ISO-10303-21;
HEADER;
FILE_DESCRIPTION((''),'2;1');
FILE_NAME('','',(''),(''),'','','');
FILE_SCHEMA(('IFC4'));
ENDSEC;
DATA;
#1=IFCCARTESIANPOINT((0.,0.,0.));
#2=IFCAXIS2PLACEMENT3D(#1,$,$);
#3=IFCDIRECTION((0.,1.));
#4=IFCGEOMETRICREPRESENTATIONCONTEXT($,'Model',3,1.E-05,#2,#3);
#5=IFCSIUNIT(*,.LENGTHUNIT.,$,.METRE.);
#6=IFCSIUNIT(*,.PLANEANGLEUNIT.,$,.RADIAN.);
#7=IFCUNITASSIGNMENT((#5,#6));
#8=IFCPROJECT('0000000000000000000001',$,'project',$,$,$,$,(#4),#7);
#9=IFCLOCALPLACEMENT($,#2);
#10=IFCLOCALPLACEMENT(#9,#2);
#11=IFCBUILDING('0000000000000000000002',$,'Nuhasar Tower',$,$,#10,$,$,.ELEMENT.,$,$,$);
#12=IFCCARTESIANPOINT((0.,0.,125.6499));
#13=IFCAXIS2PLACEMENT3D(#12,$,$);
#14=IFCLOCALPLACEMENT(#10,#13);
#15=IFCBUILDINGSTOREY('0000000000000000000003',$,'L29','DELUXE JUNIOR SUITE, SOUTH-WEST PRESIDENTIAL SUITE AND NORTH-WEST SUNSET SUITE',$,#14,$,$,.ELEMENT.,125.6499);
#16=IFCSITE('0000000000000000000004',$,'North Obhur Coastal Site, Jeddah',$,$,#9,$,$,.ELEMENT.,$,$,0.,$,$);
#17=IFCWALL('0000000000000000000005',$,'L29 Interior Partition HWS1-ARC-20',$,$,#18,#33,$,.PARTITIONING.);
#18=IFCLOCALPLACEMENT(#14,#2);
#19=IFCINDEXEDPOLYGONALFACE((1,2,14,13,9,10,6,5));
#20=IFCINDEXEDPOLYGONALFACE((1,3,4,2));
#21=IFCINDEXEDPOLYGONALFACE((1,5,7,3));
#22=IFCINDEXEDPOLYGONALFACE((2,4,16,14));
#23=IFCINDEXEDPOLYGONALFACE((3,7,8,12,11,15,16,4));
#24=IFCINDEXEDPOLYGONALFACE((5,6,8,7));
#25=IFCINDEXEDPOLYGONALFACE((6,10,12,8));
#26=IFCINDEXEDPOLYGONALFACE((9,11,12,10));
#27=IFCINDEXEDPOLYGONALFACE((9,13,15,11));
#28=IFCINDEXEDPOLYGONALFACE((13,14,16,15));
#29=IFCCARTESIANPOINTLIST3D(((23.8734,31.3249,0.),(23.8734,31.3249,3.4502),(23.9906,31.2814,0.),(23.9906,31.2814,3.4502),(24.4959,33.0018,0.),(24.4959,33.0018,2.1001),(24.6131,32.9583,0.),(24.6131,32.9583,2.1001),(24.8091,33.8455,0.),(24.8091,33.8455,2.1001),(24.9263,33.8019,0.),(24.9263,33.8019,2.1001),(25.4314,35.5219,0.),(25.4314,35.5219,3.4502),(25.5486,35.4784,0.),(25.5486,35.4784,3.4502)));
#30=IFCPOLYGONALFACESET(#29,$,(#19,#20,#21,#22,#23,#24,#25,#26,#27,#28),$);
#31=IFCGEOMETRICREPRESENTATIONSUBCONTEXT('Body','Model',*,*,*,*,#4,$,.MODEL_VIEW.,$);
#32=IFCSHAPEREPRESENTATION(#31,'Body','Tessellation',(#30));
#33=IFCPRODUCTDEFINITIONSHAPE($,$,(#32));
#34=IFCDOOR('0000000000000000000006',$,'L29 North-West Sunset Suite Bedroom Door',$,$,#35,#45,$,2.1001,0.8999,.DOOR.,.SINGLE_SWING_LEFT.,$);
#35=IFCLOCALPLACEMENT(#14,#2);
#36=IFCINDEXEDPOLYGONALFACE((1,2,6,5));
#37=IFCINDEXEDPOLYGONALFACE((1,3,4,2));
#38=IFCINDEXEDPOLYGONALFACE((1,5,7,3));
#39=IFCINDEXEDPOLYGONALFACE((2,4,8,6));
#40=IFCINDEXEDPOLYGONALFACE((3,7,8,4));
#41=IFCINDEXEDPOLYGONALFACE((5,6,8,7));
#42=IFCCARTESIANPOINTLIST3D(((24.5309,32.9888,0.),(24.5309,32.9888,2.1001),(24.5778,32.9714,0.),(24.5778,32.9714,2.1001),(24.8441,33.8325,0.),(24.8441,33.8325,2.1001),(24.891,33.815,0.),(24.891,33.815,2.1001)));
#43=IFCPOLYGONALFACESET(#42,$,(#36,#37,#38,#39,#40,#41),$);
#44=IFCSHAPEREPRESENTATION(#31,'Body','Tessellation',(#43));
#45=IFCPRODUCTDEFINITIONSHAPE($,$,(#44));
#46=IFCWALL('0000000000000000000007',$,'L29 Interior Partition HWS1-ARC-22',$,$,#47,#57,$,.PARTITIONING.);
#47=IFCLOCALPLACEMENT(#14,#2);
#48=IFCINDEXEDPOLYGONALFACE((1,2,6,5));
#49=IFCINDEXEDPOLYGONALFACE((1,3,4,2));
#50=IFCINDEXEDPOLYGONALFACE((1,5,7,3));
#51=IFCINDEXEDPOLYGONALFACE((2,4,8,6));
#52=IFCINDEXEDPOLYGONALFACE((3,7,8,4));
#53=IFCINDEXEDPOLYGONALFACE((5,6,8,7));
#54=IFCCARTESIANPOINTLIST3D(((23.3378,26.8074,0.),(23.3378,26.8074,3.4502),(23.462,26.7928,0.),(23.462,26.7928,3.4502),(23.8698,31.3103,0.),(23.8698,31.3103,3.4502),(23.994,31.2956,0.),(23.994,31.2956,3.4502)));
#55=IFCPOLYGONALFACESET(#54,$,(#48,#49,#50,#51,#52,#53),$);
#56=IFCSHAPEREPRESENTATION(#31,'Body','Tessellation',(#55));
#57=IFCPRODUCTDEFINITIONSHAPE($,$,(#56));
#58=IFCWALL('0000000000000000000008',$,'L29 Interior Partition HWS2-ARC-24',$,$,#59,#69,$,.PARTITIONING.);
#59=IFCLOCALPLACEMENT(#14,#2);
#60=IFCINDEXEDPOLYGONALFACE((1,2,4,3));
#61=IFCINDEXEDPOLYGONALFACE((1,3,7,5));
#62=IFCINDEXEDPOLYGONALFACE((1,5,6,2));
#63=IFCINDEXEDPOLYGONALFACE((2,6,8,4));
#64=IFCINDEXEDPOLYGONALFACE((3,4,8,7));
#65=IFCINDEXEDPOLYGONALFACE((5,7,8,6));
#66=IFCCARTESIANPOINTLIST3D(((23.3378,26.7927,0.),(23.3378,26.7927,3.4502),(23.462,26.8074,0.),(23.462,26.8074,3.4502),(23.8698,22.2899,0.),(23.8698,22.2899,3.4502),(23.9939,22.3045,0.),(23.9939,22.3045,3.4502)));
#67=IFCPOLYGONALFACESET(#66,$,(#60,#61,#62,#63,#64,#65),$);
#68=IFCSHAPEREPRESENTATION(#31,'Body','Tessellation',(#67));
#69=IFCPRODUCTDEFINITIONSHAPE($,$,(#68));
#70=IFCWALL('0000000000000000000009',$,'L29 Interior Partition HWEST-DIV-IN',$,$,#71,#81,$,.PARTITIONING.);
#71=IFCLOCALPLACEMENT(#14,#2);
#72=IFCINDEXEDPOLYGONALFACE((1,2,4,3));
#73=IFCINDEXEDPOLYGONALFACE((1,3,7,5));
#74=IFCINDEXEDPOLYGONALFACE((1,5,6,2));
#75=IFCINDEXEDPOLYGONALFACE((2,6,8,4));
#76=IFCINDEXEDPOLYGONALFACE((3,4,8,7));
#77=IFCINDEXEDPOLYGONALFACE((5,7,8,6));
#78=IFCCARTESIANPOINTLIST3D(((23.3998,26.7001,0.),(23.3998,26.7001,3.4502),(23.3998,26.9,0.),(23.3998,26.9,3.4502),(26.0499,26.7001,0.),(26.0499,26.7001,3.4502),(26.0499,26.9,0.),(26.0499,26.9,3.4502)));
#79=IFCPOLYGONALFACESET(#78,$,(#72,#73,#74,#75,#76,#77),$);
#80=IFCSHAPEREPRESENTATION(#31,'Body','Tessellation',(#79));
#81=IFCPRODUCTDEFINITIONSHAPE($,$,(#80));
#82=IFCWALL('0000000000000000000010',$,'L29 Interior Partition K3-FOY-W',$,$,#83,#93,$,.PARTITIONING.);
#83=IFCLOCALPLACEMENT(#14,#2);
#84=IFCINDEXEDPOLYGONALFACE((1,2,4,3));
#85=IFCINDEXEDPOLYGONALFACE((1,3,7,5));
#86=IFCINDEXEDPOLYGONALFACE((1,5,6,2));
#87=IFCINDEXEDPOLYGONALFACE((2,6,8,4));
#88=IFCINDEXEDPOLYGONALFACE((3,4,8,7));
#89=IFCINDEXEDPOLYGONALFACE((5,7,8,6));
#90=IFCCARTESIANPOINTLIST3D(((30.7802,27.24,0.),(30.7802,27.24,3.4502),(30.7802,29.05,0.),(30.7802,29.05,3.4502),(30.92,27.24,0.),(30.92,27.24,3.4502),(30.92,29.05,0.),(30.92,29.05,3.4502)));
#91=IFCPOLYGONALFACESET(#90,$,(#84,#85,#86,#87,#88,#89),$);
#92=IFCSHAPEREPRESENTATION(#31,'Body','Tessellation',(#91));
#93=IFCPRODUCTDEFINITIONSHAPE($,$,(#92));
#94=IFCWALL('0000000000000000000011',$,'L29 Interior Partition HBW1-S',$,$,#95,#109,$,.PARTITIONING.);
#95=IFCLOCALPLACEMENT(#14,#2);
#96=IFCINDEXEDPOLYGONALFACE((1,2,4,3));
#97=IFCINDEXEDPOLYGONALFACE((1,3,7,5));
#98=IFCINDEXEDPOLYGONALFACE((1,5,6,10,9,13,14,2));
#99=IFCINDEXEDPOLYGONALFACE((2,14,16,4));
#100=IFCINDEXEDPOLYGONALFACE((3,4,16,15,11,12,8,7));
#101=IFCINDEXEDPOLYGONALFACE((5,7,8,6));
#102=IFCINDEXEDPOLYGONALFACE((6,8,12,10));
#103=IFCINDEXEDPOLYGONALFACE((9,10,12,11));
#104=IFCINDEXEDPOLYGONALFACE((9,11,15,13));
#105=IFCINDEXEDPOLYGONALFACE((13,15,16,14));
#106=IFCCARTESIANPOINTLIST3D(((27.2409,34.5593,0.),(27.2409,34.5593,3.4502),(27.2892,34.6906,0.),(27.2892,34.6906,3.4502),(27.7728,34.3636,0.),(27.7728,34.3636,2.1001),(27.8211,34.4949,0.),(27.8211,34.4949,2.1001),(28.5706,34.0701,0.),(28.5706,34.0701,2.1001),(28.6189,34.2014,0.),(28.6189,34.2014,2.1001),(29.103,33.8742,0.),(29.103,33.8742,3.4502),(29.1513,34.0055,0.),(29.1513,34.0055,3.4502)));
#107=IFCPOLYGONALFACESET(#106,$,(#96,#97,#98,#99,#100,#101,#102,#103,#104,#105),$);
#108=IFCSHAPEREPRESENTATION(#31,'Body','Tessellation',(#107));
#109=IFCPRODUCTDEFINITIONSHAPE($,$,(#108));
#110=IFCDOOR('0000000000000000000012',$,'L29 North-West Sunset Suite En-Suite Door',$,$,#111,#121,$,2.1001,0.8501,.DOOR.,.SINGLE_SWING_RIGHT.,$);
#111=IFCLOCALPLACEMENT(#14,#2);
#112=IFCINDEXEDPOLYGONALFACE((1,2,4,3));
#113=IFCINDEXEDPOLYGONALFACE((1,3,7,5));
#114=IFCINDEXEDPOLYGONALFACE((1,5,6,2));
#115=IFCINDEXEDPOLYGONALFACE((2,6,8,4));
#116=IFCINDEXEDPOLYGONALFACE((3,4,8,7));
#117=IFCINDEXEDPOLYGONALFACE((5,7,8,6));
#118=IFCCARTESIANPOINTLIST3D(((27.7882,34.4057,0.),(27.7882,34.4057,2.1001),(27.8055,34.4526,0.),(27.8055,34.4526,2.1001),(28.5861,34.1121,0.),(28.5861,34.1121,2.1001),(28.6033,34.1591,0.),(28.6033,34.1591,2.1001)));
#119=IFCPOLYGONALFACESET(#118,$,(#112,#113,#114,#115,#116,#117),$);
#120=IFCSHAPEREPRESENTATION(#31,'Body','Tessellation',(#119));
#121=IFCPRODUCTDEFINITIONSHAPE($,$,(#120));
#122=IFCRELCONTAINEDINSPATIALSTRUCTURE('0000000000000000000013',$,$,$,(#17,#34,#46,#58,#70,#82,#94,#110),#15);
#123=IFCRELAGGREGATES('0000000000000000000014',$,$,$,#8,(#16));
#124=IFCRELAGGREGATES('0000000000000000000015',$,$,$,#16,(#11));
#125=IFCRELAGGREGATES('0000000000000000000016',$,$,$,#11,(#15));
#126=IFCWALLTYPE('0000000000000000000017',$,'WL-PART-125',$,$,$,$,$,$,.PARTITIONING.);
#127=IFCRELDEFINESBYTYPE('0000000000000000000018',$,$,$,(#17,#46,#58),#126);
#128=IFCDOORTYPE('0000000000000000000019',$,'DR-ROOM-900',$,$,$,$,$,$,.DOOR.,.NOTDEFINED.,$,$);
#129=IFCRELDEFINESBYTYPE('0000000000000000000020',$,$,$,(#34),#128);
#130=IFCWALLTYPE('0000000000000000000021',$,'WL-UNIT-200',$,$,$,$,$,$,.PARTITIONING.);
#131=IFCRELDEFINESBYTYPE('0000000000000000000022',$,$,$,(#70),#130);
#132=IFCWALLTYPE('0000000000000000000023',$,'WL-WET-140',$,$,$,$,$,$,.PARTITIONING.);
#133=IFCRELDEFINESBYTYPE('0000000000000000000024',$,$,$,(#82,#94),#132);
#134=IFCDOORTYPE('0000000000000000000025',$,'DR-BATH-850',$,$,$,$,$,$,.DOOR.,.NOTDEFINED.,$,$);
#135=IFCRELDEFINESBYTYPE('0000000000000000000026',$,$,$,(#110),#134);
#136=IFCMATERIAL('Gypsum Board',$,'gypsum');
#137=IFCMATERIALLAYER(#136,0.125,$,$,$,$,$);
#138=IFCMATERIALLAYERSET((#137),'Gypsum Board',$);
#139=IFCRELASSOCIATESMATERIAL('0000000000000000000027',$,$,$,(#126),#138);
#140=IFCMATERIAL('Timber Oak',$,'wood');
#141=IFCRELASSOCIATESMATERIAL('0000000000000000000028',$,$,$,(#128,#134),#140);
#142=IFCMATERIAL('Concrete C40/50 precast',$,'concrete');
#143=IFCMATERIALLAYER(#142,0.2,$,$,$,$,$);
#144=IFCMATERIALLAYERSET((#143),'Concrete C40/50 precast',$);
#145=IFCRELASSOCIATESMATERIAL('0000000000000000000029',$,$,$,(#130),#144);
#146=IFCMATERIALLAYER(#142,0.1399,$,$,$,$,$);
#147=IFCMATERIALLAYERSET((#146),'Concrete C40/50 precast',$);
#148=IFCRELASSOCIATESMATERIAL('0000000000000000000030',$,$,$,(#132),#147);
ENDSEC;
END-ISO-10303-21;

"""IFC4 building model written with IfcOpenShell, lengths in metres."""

from ifc_helpers import new_model, si_unit, direction, frame, frame_2d, origin, place, context, subcontext, project, spatial, rectangle, extrude, material, layer, layer_set, type_object, element, fill, save


model = new_model("IFC4")

# Units and contexts
model_context = context("Model", 3, precision=1e-05, world=origin(), true_north=direction((0.0, 1.0)))
body_context = subcontext(model_context, "Body", "Model", "MODEL_VIEW")
ifc_project = project(units=[si_unit("LENGTHUNIT", "METRE"), si_unit("PLANEANGLEUNIT", "RADIAN")], contexts=[model_context])

# Site, building, storey
site_placement = place(None, origin())
site = spatial("IfcSite", under=ifc_project, at=site_placement, Name="North Obhur Coastal Site, Jeddah", CompositionType="ELEMENT", RefElevation=0.0)
building_placement = place(site_placement, origin())
building = spatial("IfcBuilding", under=site, at=building_placement, Name="Nuhasar Tower", CompositionType="ELEMENT")
storey_placement = place(building_placement, frame((0.0, 0.0, 125.6499)))
storey = spatial("IfcBuildingStorey", under=building, at=storey_placement, Name="L29", Description="DELUXE JUNIOR SUITE, SOUTH-WEST PRESIDENTIAL SUITE AND NORTH-WEST SUNSET SUITE", CompositionType="ELEMENT", Elevation=125.6499)

# Shared definitions
ifc_material_1 = material(Name="Gypsum Board", Category="gypsum")

# Shared definitions
ifc_material_2 = material(Name="Timber Oak", Category="wood")

# Shared definitions
ifc_layer_1 = layer(ifc_material_1, 0.125)
ifc_layer_set_1 = layer_set([ifc_layer_1], Name="Gypsum Board")
wall_type_1 = type_object("IfcWallType", Name="WL-PART-125", PredefinedType="PARTITIONING", material=ifc_layer_set_1)

# Wall, opening, door
wall_1_placement = place(storey_placement, frame((25.49, 35.5, 0.0), z_axis=(0.0, 0.0, 1.0), x_axis=(-0.348032, -0.937483, 0.0)))
wall_1 = element("IfcWall", 1, at=wall_1_placement, inside=storey, type_object=wall_type_1, Name="L29 Interior Partition HWS1-ARC-20", PredefinedType="PARTITIONING", context=body_context, shape_type="SweptSolid", body=[
    extrude(rectangle(XDim=4.4768, YDim=0.125, at=frame_2d((2.2383, 0.0))), origin(), (0.0, 0.0, 1.0), 3.4502),
])
opening_1_placement = place(wall_1_placement, frame((1.7881, 0.0, 0.0)))
opening_1 = element("IfcOpeningElement", 2, at=opening_1_placement, cuts=wall_1, PredefinedType="OPENING", context=body_context, shape_type="SweptSolid", body=[
    extrude(rectangle(XDim=0.8999, YDim=2.1001, at=frame_2d((0.45, 1.05))), frame((0.0, 0.0725, 0.0), z_axis=(0.0, -1.0, 0.0), x_axis=(1.0, 0.0, 0.0)), (0.0, 0.0, 1.0), 0.145),
])
door_type_1 = type_object("IfcDoorType", Name="DR-ROOM-900", OperationType="NOTDEFINED", PredefinedType="DOOR", material=ifc_material_2)
door_1_placement = place(opening_1_placement, origin())
door_1 = element("IfcDoor", 3, at=door_1_placement, inside=storey, type_object=door_type_1, Name="L29 North-West Sunset Suite Bedroom Door", OperationType="SINGLE_SWING_LEFT", OverallHeight=2.1001, OverallWidth=0.8999, PredefinedType="DOOR", context=body_context, shape_type="SweptSolid", body=[
    extrude(rectangle(XDim=0.8999, YDim=2.1001, at=frame_2d((0.45, 1.05))), frame((0.0, 0.0249, 0.0), z_axis=(0.0, -1.0, 0.0), x_axis=(1.0, 0.0, 0.0)), (0.0, 0.0, 1.0), 0.05),
])
fill(opening_1, door_1)

# Walls
for number, where, z_axis, x_axis, name in (
    (4, (23.9319, 31.303, 0.0), (0.0, 0.0, 1.0), (-0.117325, -0.993094, 0.0), "L29 Interior Partition HWS1-ARC-22"),
    (5, (23.3999, 26.8, 0.0), (0.0, 0.0, 1.0), (0.117325, -0.993094, 0.0), "L29 Interior Partition HWS2-ARC-24"),
):
    element("IfcWall", number, at=place(storey_placement, frame(where, z_axis=z_axis, x_axis=x_axis)), inside=storey, type_object=wall_type_1, Name=name, PredefinedType="PARTITIONING", context=body_context, shape_type="SweptSolid", body=[
        extrude(rectangle(XDim=4.5342, YDim=0.125, at=frame_2d((2.2671, 0.0))), origin(), (0.0, 0.0, 1.0), 3.4502),
    ])
ifc_material_3 = material(Name="Concrete C40/50 precast", Category="concrete")
ifc_layer_2 = layer(ifc_material_3, 0.2)
ifc_layer_set_2 = layer_set([ifc_layer_2], Name="Concrete C40/50 precast")
wall_type_2 = type_object("IfcWallType", Name="WL-UNIT-200", PredefinedType="PARTITIONING", material=ifc_layer_set_2)
wall_2_placement = place(storey_placement, frame((26.05, 26.8, 0.0), z_axis=(0.0, 0.0, 1.0), x_axis=(-1.0, 0.0, 0.0)))
element("IfcWall", 6, at=wall_2_placement, inside=storey, type_object=wall_type_2, Name="L29 Interior Partition HWEST-DIV-IN", PredefinedType="PARTITIONING", context=body_context, shape_type="SweptSolid", body=[
    extrude(rectangle(XDim=2.6501, YDim=0.2, at=frame_2d((1.3252, 0.0))), origin(), (0.0, 0.0, 1.0), 3.4502),
])
ifc_layer_3 = layer(ifc_material_3, 0.1399)
ifc_layer_set_3 = layer_set([ifc_layer_3], Name="Concrete C40/50 precast")
wall_type_3 = type_object("IfcWallType", Name="WL-WET-140", PredefinedType="PARTITIONING", material=ifc_layer_set_3)
wall_3_placement = place(storey_placement, frame((30.8501, 27.24, 0.0), z_axis=(0.0, 0.0, 1.0), x_axis=(0.0, 1.0, 0.0)))
element("IfcWall", 7, at=wall_3_placement, inside=storey, type_object=wall_type_3, Name="L29 Interior Partition K3-FOY-W", PredefinedType="PARTITIONING", context=body_context, shape_type="SweptSolid", body=[
    extrude(rectangle(XDim=1.8101, YDim=0.1399, at=frame_2d((0.905, 0.0))), origin(), (0.0, 0.0, 1.0), 3.4502),
])

# Wall, opening, door
wall_4_placement = place(storey_placement, frame((27.2649, 34.625, 0.0), z_axis=(0.0, 0.0, 1.0), x_axis=(0.938501, -0.345278, 0.0)))
wall_4 = element("IfcWall", 8, at=wall_4_placement, inside=storey, type_object=wall_type_3, Name="L29 Interior Partition HBW1-S", PredefinedType="PARTITIONING", context=body_context, shape_type="SweptSolid", body=[
    extrude(rectangle(XDim=1.9841, YDim=0.1399, at=frame_2d((0.9922, 0.0))), origin(), (0.0, 0.0, 1.0), 3.4502),
])
opening_2_placement = place(wall_4_placement, frame((0.5669, 0.0, 0.0)))
opening_2 = element("IfcOpeningElement", 9, at=opening_2_placement, cuts=wall_4, PredefinedType="OPENING", context=body_context, shape_type="SweptSolid", body=[
    extrude(rectangle(XDim=0.8501, YDim=2.1001, at=frame_2d((0.425, 1.05))), frame((0.0, 0.0801, 0.0), z_axis=(0.0, -1.0, 0.0), x_axis=(1.0, 0.0, 0.0)), (0.0, 0.0, 1.0), 0.1599),
])
door_type_2 = type_object("IfcDoorType", Name="DR-BATH-850", OperationType="NOTDEFINED", PredefinedType="DOOR", material=ifc_material_2)
door_2_placement = place(opening_2_placement, origin())
door_2 = element("IfcDoor", 10, at=door_2_placement, inside=storey, type_object=door_type_2, Name="L29 North-West Sunset Suite En-Suite Door", OperationType="SINGLE_SWING_RIGHT", OverallHeight=2.1001, OverallWidth=0.8501, PredefinedType="DOOR", context=body_context, shape_type="SweptSolid", body=[
    extrude(rectangle(XDim=0.8501, YDim=2.1001, at=frame_2d((0.425, 1.05))), frame((0.0, 0.0249, 0.0), z_axis=(0.0, -1.0, 0.0), x_axis=(1.0, 0.0, 0.0)), (0.0, 0.0, 1.0), 0.05),
])
fill(opening_2, door_2)

save(model, "model.ifc")
